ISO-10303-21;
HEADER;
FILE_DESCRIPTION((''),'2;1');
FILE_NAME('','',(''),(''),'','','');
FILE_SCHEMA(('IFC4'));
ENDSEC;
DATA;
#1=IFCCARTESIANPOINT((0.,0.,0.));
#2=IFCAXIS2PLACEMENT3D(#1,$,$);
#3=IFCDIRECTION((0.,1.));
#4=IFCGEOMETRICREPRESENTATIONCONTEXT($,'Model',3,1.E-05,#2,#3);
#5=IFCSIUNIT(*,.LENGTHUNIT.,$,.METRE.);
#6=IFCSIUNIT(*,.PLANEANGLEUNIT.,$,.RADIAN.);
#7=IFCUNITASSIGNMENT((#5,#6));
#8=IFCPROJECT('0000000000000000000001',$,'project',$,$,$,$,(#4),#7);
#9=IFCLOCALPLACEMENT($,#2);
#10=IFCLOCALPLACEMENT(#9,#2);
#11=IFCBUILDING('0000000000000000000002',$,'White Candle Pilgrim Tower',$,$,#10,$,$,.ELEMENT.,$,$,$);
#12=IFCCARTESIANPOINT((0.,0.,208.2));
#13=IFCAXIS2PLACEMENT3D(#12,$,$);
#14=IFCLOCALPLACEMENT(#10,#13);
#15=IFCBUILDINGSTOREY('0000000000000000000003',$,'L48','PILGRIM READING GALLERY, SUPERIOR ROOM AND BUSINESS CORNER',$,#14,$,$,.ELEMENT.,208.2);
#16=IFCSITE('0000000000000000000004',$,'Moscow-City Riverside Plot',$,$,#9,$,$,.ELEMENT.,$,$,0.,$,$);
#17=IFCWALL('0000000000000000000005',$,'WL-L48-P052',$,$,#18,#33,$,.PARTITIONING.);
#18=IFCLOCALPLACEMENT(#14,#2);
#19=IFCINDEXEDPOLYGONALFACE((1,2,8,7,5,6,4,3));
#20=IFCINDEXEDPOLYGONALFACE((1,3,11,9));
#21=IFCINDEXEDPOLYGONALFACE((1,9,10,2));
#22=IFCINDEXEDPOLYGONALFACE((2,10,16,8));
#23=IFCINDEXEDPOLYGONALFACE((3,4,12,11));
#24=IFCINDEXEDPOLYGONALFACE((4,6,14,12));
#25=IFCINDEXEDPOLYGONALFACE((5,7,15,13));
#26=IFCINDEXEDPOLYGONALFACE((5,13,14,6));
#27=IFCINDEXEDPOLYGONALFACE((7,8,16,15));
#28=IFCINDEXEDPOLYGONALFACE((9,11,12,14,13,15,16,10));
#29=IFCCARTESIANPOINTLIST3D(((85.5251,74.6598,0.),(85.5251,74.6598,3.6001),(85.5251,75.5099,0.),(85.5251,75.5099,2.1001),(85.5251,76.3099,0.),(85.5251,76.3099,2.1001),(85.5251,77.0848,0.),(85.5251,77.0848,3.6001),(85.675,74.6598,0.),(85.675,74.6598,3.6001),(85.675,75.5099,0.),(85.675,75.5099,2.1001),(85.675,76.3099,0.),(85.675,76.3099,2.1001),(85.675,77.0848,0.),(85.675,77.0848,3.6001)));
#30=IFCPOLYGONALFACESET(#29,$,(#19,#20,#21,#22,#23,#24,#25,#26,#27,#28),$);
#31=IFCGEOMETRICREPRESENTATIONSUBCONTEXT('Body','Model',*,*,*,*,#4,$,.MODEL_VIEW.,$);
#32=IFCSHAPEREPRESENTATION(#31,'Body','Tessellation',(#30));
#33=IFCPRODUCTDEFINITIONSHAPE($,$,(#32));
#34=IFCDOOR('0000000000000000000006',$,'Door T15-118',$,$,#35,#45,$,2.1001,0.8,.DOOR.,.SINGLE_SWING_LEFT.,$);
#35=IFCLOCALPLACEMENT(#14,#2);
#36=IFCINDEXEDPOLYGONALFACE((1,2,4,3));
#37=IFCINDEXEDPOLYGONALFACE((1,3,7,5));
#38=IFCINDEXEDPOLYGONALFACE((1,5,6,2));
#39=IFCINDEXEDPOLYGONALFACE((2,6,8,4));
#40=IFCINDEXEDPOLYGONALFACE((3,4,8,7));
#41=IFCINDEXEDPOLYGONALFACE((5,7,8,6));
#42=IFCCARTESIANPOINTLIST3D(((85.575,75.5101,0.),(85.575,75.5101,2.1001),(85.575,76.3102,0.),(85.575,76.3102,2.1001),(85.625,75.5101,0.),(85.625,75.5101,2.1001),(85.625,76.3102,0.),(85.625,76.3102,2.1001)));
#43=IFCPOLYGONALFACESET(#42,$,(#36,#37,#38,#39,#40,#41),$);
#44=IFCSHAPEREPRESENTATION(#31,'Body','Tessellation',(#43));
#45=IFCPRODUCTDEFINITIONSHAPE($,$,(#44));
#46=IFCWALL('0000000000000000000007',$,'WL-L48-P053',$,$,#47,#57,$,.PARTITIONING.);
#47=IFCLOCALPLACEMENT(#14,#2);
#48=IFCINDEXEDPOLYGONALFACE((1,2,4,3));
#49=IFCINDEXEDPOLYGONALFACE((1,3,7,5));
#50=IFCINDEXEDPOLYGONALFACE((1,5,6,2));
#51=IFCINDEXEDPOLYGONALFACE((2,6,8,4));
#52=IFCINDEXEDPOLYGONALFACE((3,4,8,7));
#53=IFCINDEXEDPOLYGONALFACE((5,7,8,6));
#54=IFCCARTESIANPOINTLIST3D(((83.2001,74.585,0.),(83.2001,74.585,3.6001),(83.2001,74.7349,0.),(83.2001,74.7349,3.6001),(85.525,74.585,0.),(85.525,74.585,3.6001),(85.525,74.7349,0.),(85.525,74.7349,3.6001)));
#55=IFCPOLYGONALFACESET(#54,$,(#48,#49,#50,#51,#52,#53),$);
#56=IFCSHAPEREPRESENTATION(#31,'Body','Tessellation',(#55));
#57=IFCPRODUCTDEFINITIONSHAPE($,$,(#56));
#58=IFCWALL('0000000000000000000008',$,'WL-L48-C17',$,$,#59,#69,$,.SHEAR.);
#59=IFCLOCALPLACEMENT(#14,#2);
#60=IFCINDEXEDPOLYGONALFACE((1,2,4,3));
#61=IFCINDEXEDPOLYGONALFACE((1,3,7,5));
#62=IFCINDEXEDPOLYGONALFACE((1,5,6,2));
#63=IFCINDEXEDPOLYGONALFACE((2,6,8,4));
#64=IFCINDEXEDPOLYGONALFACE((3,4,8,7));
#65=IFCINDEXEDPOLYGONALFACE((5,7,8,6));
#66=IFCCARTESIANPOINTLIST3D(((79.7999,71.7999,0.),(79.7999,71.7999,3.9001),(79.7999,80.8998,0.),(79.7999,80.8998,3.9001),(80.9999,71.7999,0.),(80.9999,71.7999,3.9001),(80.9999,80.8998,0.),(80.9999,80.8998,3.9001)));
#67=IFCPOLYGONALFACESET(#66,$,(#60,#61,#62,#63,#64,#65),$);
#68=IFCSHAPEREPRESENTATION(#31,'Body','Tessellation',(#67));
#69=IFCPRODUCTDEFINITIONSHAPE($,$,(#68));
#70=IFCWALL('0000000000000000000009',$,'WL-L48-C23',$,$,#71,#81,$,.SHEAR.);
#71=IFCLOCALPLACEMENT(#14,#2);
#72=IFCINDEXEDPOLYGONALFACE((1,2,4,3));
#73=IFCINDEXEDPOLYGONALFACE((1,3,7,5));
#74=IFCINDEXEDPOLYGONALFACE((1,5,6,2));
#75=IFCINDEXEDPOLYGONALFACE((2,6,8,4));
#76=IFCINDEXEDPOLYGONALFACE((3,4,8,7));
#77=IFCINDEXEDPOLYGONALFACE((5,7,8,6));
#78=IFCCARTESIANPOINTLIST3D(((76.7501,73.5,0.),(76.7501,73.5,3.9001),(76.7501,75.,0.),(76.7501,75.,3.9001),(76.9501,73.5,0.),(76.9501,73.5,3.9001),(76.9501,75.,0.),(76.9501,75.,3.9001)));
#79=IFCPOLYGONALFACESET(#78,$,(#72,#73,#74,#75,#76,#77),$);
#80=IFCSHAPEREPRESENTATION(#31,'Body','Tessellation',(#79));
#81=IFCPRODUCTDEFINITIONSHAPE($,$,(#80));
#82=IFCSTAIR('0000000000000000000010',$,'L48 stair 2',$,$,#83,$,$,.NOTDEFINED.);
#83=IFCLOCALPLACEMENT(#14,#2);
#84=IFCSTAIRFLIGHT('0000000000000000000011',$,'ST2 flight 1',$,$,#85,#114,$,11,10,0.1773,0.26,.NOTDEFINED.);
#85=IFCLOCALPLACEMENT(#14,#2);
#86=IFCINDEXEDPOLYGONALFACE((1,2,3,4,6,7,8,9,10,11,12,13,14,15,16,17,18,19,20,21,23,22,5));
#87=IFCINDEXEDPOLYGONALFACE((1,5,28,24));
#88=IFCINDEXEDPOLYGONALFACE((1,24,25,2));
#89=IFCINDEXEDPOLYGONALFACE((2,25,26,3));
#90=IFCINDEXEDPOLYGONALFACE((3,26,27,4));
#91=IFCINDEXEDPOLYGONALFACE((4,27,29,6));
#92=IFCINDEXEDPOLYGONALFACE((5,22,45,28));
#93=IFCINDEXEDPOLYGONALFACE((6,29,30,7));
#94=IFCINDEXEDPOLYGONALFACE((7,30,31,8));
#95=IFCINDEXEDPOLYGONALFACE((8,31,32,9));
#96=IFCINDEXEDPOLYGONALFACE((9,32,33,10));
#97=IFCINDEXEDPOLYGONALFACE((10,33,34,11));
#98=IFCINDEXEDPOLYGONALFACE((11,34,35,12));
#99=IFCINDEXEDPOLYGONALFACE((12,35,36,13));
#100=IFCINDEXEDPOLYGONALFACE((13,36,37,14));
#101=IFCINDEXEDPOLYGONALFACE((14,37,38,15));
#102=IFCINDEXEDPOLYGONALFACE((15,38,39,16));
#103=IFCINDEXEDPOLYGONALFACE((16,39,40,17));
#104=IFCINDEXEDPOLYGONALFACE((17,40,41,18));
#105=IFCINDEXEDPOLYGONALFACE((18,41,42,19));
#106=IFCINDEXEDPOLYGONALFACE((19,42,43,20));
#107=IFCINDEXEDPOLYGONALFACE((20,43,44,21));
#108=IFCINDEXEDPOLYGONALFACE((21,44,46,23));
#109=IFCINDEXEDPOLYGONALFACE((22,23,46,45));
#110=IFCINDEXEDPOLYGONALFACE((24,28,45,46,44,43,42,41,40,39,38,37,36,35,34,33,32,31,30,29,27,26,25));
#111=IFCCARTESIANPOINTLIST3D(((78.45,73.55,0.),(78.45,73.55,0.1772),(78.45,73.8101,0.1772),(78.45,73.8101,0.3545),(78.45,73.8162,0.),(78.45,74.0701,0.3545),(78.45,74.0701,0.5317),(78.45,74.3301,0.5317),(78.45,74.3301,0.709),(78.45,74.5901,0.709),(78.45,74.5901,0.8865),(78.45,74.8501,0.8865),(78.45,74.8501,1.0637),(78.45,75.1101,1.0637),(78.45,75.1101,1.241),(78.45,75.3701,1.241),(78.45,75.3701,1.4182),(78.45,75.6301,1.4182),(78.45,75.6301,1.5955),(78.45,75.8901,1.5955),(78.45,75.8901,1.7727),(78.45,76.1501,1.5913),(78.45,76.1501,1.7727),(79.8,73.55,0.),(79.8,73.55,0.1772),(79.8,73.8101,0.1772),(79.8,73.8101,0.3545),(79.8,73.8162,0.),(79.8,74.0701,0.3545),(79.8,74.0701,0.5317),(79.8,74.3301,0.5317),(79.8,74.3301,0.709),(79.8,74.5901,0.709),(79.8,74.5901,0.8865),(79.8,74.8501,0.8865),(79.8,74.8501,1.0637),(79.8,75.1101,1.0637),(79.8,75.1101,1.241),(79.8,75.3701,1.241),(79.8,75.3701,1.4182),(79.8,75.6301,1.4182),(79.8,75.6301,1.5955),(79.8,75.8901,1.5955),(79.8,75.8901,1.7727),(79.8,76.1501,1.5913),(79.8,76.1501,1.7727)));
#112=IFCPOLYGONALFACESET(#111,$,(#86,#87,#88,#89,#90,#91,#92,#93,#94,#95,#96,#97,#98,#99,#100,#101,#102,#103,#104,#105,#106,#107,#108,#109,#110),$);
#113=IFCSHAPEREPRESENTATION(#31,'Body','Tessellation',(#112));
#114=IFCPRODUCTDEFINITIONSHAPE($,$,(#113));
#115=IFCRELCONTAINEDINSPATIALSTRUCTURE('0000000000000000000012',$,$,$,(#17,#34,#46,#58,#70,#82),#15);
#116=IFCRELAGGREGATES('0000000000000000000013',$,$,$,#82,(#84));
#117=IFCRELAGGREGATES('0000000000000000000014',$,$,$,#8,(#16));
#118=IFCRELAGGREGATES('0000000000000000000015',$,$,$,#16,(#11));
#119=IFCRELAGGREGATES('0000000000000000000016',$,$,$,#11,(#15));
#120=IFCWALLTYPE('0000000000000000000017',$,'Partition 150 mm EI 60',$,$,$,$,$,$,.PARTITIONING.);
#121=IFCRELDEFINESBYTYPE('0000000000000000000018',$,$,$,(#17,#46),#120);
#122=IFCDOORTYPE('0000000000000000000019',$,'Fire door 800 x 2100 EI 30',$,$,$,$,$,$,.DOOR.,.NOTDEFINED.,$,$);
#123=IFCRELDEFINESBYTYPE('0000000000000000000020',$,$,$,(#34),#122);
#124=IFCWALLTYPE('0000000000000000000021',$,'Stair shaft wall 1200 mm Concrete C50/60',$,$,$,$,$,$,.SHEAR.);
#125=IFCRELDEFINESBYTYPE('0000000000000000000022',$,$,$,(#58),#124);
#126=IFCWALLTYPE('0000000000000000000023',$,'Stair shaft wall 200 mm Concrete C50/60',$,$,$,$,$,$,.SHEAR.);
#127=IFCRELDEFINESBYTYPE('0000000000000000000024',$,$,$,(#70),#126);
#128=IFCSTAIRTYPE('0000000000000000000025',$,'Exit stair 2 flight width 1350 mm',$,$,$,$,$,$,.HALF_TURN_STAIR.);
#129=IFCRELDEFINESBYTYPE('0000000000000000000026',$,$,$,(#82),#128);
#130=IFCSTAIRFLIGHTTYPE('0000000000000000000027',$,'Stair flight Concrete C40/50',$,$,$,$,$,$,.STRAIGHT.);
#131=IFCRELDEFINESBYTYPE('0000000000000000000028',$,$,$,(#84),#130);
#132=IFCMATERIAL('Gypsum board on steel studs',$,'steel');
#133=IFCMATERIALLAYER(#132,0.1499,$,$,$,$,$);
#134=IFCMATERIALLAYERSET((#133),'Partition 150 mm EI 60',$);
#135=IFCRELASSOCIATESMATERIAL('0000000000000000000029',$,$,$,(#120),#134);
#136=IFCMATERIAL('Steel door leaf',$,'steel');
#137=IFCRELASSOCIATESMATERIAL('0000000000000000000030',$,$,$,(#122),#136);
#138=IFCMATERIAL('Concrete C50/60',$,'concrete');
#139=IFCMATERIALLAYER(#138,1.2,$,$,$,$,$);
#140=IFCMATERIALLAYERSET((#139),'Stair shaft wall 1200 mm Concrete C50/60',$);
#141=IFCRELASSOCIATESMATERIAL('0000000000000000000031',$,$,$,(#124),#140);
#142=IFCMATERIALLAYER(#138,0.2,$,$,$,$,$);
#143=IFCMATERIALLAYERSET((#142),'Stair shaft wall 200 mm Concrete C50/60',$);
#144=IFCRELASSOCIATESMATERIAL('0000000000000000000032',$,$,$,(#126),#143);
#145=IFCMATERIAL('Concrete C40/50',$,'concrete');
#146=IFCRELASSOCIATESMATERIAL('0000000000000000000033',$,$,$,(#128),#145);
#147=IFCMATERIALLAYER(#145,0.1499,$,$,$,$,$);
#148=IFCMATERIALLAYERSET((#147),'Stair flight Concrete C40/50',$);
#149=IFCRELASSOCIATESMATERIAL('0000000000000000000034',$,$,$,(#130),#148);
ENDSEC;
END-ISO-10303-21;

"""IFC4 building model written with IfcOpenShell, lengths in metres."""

from ifc_helpers import new_model, si_unit, direction, frame, frame_2d, origin, place, context, subcontext, project, spatial, polyline, rectangle, outline, extrude, material, layer, layer_set, type_object, element, fill, aggregate, save


model = new_model("IFC4")

# Units and contexts
model_context = context("Model", 3, precision=1e-05, world=origin(), true_north=direction((0.0, 1.0)))
body_context = subcontext(model_context, "Body", "Model", "MODEL_VIEW")
ifc_project = project(units=[si_unit("LENGTHUNIT", "METRE"), si_unit("PLANEANGLEUNIT", "RADIAN")], contexts=[model_context])

# Site, building, storey
site_placement = place(None, origin())
site = spatial("IfcSite", under=ifc_project, at=site_placement, Name="Moscow-City Riverside Plot", CompositionType="ELEMENT", RefElevation=0.0)
building_placement = place(site_placement, origin())
building = spatial("IfcBuilding", under=site, at=building_placement, Name="White Candle Pilgrim Tower", CompositionType="ELEMENT")
storey_placement = place(building_placement, frame((0.0, 0.0, 208.2)))
storey = spatial("IfcBuildingStorey", under=building, at=storey_placement, Name="L48", Description="PILGRIM READING GALLERY, SUPERIOR ROOM AND BUSINESS CORNER", CompositionType="ELEMENT", Elevation=208.2)

# Shared definitions
ifc_material_1 = material(Name="Concrete C50/60", Category="concrete")

# Shared definitions
ifc_material_2 = material(Name="Gypsum board on steel studs", Category="steel")
ifc_layer_1 = layer(ifc_material_2, 0.1499)
ifc_layer_set_1 = layer_set([ifc_layer_1], Name="Partition 150 mm EI 60")
wall_type_1 = type_object("IfcWallType", Name="Partition 150 mm EI 60", PredefinedType="PARTITIONING", material=ifc_layer_set_1)

# Wall, opening, door
wall_1_placement = place(storey_placement, frame((85.6001, 74.6599, 0.0), z_axis=(0.0, 0.0, 1.0), x_axis=(0.0, 1.0, 0.0)))
wall_1 = element("IfcWall", 1, at=wall_1_placement, inside=storey, type_object=wall_type_1, Name="WL-L48-P052", PredefinedType="PARTITIONING", context=body_context, shape_type="SweptSolid", body=[
    extrude(rectangle(XDim=2.425, YDim=0.1499, at=frame_2d((1.2124, 0.0))), origin(), (0.0, 0.0, 1.0), 3.6001),
])
opening_placement = place(wall_1_placement, frame((0.8501, 0.0, 0.0)))
opening = element("IfcOpeningElement", 2, at=opening_placement, cuts=wall_1, PredefinedType="OPENING", context=body_context, shape_type="SweptSolid", body=[
    extrude(rectangle(XDim=0.8, YDim=2.1001, at=frame_2d((0.3999, 1.05))), frame((0.0, 0.085, 0.0), z_axis=(0.0, -1.0, 0.0), x_axis=(1.0, 0.0, 0.0)), (0.0, 0.0, 1.0), 0.1699),
])
ifc_material_3 = material(Name="Steel door leaf", Category="steel")
door_type = type_object("IfcDoorType", Name="Fire door 800 x 2100 EI 30", OperationType="NOTDEFINED", PredefinedType="DOOR", material=ifc_material_3)
door_placement = place(opening_placement, frame((0.8, 0.0, 0.0), z_axis=(0.0, 0.0, 1.0), x_axis=(-1.0, 0.0, 0.0)))
door = element("IfcDoor", 3, at=door_placement, inside=storey, type_object=door_type, Name="Door T15-118", OperationType="SINGLE_SWING_LEFT", OverallHeight=2.1001, OverallWidth=0.8, PredefinedType="DOOR", context=body_context, shape_type="SweptSolid", body=[
    extrude(rectangle(XDim=0.8, YDim=2.1001, at=frame_2d((0.3999, 1.05))), frame((0.0, 0.0249, 0.0), z_axis=(0.0, -1.0, 0.0), x_axis=(1.0, 0.0, 0.0)), (0.0, 0.0, 1.0), 0.05),
])
fill(opening, door)

# Walls
wall_2_placement = place(storey_placement, frame((83.2, 74.6599, 0.0), z_axis=(0.0, 0.0, 1.0), x_axis=(1.0, 0.0, 0.0)))
element("IfcWall", 4, at=wall_2_placement, inside=storey, type_object=wall_type_1, Name="WL-L48-P053", PredefinedType="PARTITIONING", context=body_context, shape_type="SweptSolid", body=[
    extrude(rectangle(XDim=2.325, YDim=0.1499, at=frame_2d((1.1626, 0.0))), origin(), (0.0, 0.0, 1.0), 3.6001),
])
ifc_layer_2 = layer(ifc_material_1, 1.2)
ifc_layer_set_2 = layer_set([ifc_layer_2], Name="Stair shaft wall 1200 mm Concrete C50/60")
wall_type_2 = type_object("IfcWallType", Name="Stair shaft wall 1200 mm Concrete C50/60", PredefinedType="SHEAR", material=ifc_layer_set_2)
wall_3_placement = place(storey_placement, frame((80.3999, 71.8, 0.0), z_axis=(0.0, 0.0, 1.0), x_axis=(0.0, 1.0, 0.0)))
element("IfcWall", 5, at=wall_3_placement, inside=storey, type_object=wall_type_2, Name="WL-L48-C17", PredefinedType="SHEAR", context=body_context, shape_type="SweptSolid", body=[
    extrude(rectangle(XDim=9.0999, YDim=1.2, at=frame_2d((4.5498, 0.0))), origin(), (0.0, 0.0, 1.0), 3.9001),
])
ifc_layer_3 = layer(ifc_material_1, 0.2)
ifc_layer_set_3 = layer_set([ifc_layer_3], Name="Stair shaft wall 200 mm Concrete C50/60")
wall_type_3 = type_object("IfcWallType", Name="Stair shaft wall 200 mm Concrete C50/60", PredefinedType="SHEAR", material=ifc_layer_set_3)
wall_4_placement = place(storey_placement, frame((76.8501, 73.5, 0.0), z_axis=(0.0, 0.0, 1.0), x_axis=(0.0, 1.0, 0.0)))
element("IfcWall", 6, at=wall_4_placement, inside=storey, type_object=wall_type_3, Name="WL-L48-C23", PredefinedType="SHEAR", context=body_context, shape_type="SweptSolid", body=[
    extrude(rectangle(XDim=1.5, YDim=0.2, at=frame_2d((0.75, 0.0))), origin(), (0.0, 0.0, 1.0), 3.9001),
])

# Stair, stair flight
ifc_material_4 = material(Name="Concrete C40/50", Category="concrete")
stair_type = type_object("IfcStairType", Name="Exit stair 2 flight width 1350 mm", PredefinedType="HALF_TURN_STAIR", material=ifc_material_4)
stair_placement = place(storey_placement, origin())
stair = element("IfcStair", 7, at=stair_placement, inside=storey, type_object=stair_type, Name="L48 stair 2", PredefinedType="NOTDEFINED")
ifc_layer_4 = layer(ifc_material_4, 0.1499)
ifc_layer_set_4 = layer_set([ifc_layer_4], Name="Stair flight Concrete C40/50")
stair_flight_type = type_object("IfcStairFlightType", Name="Stair flight Concrete C40/50", PredefinedType="STRAIGHT", material=ifc_layer_set_4)
stair_flight_placement = place(storey_placement, frame((79.125, 73.55, 0.0), z_axis=(0.0, 0.0, 1.0), x_axis=(0.0, 1.0, 0.0)))
stair_flight = element("IfcStairFlight", 8, at=stair_flight_placement, type_object=stair_flight_type, Name="ST2 flight 1", NumberOfRisers=11, NumberOfTreads=10, PredefinedType="NOTDEFINED", RiserHeight=0.1773, TreadLength=0.26, context=body_context, shape_type="SweptSolid", body=[
    extrude(outline(polyline([(0.0, 0.0), (0.0, 0.1772), (0.26, 0.1772), (0.26, 0.3545), (0.52, 0.3545), (0.52, 0.5317), (0.78, 0.5317), (0.78, 0.709), (1.04, 0.709), (1.04, 0.8865), (1.3, 0.8865), (1.3, 1.0637), (1.5601, 1.0637), (1.5601, 1.241), (1.8201, 1.241), (1.8201, 1.4182), (2.0801, 1.4182), (2.0801, 1.5955), (2.3401, 1.5955), (2.3401, 1.7727), (2.6001, 1.7727), (2.6001, 1.95), (2.6001, 1.5913), (0.2661, 0.0), (0.0, 0.0)])), frame((0.0, 0.675, 0.0), z_axis=(0.0, -1.0, 0.0), x_axis=(1.0, 0.0, 0.0)), (0.0, 0.0, 1.0), 1.3501),
])
aggregate(stair, [stair_flight])

save(model, "model.ifc")
